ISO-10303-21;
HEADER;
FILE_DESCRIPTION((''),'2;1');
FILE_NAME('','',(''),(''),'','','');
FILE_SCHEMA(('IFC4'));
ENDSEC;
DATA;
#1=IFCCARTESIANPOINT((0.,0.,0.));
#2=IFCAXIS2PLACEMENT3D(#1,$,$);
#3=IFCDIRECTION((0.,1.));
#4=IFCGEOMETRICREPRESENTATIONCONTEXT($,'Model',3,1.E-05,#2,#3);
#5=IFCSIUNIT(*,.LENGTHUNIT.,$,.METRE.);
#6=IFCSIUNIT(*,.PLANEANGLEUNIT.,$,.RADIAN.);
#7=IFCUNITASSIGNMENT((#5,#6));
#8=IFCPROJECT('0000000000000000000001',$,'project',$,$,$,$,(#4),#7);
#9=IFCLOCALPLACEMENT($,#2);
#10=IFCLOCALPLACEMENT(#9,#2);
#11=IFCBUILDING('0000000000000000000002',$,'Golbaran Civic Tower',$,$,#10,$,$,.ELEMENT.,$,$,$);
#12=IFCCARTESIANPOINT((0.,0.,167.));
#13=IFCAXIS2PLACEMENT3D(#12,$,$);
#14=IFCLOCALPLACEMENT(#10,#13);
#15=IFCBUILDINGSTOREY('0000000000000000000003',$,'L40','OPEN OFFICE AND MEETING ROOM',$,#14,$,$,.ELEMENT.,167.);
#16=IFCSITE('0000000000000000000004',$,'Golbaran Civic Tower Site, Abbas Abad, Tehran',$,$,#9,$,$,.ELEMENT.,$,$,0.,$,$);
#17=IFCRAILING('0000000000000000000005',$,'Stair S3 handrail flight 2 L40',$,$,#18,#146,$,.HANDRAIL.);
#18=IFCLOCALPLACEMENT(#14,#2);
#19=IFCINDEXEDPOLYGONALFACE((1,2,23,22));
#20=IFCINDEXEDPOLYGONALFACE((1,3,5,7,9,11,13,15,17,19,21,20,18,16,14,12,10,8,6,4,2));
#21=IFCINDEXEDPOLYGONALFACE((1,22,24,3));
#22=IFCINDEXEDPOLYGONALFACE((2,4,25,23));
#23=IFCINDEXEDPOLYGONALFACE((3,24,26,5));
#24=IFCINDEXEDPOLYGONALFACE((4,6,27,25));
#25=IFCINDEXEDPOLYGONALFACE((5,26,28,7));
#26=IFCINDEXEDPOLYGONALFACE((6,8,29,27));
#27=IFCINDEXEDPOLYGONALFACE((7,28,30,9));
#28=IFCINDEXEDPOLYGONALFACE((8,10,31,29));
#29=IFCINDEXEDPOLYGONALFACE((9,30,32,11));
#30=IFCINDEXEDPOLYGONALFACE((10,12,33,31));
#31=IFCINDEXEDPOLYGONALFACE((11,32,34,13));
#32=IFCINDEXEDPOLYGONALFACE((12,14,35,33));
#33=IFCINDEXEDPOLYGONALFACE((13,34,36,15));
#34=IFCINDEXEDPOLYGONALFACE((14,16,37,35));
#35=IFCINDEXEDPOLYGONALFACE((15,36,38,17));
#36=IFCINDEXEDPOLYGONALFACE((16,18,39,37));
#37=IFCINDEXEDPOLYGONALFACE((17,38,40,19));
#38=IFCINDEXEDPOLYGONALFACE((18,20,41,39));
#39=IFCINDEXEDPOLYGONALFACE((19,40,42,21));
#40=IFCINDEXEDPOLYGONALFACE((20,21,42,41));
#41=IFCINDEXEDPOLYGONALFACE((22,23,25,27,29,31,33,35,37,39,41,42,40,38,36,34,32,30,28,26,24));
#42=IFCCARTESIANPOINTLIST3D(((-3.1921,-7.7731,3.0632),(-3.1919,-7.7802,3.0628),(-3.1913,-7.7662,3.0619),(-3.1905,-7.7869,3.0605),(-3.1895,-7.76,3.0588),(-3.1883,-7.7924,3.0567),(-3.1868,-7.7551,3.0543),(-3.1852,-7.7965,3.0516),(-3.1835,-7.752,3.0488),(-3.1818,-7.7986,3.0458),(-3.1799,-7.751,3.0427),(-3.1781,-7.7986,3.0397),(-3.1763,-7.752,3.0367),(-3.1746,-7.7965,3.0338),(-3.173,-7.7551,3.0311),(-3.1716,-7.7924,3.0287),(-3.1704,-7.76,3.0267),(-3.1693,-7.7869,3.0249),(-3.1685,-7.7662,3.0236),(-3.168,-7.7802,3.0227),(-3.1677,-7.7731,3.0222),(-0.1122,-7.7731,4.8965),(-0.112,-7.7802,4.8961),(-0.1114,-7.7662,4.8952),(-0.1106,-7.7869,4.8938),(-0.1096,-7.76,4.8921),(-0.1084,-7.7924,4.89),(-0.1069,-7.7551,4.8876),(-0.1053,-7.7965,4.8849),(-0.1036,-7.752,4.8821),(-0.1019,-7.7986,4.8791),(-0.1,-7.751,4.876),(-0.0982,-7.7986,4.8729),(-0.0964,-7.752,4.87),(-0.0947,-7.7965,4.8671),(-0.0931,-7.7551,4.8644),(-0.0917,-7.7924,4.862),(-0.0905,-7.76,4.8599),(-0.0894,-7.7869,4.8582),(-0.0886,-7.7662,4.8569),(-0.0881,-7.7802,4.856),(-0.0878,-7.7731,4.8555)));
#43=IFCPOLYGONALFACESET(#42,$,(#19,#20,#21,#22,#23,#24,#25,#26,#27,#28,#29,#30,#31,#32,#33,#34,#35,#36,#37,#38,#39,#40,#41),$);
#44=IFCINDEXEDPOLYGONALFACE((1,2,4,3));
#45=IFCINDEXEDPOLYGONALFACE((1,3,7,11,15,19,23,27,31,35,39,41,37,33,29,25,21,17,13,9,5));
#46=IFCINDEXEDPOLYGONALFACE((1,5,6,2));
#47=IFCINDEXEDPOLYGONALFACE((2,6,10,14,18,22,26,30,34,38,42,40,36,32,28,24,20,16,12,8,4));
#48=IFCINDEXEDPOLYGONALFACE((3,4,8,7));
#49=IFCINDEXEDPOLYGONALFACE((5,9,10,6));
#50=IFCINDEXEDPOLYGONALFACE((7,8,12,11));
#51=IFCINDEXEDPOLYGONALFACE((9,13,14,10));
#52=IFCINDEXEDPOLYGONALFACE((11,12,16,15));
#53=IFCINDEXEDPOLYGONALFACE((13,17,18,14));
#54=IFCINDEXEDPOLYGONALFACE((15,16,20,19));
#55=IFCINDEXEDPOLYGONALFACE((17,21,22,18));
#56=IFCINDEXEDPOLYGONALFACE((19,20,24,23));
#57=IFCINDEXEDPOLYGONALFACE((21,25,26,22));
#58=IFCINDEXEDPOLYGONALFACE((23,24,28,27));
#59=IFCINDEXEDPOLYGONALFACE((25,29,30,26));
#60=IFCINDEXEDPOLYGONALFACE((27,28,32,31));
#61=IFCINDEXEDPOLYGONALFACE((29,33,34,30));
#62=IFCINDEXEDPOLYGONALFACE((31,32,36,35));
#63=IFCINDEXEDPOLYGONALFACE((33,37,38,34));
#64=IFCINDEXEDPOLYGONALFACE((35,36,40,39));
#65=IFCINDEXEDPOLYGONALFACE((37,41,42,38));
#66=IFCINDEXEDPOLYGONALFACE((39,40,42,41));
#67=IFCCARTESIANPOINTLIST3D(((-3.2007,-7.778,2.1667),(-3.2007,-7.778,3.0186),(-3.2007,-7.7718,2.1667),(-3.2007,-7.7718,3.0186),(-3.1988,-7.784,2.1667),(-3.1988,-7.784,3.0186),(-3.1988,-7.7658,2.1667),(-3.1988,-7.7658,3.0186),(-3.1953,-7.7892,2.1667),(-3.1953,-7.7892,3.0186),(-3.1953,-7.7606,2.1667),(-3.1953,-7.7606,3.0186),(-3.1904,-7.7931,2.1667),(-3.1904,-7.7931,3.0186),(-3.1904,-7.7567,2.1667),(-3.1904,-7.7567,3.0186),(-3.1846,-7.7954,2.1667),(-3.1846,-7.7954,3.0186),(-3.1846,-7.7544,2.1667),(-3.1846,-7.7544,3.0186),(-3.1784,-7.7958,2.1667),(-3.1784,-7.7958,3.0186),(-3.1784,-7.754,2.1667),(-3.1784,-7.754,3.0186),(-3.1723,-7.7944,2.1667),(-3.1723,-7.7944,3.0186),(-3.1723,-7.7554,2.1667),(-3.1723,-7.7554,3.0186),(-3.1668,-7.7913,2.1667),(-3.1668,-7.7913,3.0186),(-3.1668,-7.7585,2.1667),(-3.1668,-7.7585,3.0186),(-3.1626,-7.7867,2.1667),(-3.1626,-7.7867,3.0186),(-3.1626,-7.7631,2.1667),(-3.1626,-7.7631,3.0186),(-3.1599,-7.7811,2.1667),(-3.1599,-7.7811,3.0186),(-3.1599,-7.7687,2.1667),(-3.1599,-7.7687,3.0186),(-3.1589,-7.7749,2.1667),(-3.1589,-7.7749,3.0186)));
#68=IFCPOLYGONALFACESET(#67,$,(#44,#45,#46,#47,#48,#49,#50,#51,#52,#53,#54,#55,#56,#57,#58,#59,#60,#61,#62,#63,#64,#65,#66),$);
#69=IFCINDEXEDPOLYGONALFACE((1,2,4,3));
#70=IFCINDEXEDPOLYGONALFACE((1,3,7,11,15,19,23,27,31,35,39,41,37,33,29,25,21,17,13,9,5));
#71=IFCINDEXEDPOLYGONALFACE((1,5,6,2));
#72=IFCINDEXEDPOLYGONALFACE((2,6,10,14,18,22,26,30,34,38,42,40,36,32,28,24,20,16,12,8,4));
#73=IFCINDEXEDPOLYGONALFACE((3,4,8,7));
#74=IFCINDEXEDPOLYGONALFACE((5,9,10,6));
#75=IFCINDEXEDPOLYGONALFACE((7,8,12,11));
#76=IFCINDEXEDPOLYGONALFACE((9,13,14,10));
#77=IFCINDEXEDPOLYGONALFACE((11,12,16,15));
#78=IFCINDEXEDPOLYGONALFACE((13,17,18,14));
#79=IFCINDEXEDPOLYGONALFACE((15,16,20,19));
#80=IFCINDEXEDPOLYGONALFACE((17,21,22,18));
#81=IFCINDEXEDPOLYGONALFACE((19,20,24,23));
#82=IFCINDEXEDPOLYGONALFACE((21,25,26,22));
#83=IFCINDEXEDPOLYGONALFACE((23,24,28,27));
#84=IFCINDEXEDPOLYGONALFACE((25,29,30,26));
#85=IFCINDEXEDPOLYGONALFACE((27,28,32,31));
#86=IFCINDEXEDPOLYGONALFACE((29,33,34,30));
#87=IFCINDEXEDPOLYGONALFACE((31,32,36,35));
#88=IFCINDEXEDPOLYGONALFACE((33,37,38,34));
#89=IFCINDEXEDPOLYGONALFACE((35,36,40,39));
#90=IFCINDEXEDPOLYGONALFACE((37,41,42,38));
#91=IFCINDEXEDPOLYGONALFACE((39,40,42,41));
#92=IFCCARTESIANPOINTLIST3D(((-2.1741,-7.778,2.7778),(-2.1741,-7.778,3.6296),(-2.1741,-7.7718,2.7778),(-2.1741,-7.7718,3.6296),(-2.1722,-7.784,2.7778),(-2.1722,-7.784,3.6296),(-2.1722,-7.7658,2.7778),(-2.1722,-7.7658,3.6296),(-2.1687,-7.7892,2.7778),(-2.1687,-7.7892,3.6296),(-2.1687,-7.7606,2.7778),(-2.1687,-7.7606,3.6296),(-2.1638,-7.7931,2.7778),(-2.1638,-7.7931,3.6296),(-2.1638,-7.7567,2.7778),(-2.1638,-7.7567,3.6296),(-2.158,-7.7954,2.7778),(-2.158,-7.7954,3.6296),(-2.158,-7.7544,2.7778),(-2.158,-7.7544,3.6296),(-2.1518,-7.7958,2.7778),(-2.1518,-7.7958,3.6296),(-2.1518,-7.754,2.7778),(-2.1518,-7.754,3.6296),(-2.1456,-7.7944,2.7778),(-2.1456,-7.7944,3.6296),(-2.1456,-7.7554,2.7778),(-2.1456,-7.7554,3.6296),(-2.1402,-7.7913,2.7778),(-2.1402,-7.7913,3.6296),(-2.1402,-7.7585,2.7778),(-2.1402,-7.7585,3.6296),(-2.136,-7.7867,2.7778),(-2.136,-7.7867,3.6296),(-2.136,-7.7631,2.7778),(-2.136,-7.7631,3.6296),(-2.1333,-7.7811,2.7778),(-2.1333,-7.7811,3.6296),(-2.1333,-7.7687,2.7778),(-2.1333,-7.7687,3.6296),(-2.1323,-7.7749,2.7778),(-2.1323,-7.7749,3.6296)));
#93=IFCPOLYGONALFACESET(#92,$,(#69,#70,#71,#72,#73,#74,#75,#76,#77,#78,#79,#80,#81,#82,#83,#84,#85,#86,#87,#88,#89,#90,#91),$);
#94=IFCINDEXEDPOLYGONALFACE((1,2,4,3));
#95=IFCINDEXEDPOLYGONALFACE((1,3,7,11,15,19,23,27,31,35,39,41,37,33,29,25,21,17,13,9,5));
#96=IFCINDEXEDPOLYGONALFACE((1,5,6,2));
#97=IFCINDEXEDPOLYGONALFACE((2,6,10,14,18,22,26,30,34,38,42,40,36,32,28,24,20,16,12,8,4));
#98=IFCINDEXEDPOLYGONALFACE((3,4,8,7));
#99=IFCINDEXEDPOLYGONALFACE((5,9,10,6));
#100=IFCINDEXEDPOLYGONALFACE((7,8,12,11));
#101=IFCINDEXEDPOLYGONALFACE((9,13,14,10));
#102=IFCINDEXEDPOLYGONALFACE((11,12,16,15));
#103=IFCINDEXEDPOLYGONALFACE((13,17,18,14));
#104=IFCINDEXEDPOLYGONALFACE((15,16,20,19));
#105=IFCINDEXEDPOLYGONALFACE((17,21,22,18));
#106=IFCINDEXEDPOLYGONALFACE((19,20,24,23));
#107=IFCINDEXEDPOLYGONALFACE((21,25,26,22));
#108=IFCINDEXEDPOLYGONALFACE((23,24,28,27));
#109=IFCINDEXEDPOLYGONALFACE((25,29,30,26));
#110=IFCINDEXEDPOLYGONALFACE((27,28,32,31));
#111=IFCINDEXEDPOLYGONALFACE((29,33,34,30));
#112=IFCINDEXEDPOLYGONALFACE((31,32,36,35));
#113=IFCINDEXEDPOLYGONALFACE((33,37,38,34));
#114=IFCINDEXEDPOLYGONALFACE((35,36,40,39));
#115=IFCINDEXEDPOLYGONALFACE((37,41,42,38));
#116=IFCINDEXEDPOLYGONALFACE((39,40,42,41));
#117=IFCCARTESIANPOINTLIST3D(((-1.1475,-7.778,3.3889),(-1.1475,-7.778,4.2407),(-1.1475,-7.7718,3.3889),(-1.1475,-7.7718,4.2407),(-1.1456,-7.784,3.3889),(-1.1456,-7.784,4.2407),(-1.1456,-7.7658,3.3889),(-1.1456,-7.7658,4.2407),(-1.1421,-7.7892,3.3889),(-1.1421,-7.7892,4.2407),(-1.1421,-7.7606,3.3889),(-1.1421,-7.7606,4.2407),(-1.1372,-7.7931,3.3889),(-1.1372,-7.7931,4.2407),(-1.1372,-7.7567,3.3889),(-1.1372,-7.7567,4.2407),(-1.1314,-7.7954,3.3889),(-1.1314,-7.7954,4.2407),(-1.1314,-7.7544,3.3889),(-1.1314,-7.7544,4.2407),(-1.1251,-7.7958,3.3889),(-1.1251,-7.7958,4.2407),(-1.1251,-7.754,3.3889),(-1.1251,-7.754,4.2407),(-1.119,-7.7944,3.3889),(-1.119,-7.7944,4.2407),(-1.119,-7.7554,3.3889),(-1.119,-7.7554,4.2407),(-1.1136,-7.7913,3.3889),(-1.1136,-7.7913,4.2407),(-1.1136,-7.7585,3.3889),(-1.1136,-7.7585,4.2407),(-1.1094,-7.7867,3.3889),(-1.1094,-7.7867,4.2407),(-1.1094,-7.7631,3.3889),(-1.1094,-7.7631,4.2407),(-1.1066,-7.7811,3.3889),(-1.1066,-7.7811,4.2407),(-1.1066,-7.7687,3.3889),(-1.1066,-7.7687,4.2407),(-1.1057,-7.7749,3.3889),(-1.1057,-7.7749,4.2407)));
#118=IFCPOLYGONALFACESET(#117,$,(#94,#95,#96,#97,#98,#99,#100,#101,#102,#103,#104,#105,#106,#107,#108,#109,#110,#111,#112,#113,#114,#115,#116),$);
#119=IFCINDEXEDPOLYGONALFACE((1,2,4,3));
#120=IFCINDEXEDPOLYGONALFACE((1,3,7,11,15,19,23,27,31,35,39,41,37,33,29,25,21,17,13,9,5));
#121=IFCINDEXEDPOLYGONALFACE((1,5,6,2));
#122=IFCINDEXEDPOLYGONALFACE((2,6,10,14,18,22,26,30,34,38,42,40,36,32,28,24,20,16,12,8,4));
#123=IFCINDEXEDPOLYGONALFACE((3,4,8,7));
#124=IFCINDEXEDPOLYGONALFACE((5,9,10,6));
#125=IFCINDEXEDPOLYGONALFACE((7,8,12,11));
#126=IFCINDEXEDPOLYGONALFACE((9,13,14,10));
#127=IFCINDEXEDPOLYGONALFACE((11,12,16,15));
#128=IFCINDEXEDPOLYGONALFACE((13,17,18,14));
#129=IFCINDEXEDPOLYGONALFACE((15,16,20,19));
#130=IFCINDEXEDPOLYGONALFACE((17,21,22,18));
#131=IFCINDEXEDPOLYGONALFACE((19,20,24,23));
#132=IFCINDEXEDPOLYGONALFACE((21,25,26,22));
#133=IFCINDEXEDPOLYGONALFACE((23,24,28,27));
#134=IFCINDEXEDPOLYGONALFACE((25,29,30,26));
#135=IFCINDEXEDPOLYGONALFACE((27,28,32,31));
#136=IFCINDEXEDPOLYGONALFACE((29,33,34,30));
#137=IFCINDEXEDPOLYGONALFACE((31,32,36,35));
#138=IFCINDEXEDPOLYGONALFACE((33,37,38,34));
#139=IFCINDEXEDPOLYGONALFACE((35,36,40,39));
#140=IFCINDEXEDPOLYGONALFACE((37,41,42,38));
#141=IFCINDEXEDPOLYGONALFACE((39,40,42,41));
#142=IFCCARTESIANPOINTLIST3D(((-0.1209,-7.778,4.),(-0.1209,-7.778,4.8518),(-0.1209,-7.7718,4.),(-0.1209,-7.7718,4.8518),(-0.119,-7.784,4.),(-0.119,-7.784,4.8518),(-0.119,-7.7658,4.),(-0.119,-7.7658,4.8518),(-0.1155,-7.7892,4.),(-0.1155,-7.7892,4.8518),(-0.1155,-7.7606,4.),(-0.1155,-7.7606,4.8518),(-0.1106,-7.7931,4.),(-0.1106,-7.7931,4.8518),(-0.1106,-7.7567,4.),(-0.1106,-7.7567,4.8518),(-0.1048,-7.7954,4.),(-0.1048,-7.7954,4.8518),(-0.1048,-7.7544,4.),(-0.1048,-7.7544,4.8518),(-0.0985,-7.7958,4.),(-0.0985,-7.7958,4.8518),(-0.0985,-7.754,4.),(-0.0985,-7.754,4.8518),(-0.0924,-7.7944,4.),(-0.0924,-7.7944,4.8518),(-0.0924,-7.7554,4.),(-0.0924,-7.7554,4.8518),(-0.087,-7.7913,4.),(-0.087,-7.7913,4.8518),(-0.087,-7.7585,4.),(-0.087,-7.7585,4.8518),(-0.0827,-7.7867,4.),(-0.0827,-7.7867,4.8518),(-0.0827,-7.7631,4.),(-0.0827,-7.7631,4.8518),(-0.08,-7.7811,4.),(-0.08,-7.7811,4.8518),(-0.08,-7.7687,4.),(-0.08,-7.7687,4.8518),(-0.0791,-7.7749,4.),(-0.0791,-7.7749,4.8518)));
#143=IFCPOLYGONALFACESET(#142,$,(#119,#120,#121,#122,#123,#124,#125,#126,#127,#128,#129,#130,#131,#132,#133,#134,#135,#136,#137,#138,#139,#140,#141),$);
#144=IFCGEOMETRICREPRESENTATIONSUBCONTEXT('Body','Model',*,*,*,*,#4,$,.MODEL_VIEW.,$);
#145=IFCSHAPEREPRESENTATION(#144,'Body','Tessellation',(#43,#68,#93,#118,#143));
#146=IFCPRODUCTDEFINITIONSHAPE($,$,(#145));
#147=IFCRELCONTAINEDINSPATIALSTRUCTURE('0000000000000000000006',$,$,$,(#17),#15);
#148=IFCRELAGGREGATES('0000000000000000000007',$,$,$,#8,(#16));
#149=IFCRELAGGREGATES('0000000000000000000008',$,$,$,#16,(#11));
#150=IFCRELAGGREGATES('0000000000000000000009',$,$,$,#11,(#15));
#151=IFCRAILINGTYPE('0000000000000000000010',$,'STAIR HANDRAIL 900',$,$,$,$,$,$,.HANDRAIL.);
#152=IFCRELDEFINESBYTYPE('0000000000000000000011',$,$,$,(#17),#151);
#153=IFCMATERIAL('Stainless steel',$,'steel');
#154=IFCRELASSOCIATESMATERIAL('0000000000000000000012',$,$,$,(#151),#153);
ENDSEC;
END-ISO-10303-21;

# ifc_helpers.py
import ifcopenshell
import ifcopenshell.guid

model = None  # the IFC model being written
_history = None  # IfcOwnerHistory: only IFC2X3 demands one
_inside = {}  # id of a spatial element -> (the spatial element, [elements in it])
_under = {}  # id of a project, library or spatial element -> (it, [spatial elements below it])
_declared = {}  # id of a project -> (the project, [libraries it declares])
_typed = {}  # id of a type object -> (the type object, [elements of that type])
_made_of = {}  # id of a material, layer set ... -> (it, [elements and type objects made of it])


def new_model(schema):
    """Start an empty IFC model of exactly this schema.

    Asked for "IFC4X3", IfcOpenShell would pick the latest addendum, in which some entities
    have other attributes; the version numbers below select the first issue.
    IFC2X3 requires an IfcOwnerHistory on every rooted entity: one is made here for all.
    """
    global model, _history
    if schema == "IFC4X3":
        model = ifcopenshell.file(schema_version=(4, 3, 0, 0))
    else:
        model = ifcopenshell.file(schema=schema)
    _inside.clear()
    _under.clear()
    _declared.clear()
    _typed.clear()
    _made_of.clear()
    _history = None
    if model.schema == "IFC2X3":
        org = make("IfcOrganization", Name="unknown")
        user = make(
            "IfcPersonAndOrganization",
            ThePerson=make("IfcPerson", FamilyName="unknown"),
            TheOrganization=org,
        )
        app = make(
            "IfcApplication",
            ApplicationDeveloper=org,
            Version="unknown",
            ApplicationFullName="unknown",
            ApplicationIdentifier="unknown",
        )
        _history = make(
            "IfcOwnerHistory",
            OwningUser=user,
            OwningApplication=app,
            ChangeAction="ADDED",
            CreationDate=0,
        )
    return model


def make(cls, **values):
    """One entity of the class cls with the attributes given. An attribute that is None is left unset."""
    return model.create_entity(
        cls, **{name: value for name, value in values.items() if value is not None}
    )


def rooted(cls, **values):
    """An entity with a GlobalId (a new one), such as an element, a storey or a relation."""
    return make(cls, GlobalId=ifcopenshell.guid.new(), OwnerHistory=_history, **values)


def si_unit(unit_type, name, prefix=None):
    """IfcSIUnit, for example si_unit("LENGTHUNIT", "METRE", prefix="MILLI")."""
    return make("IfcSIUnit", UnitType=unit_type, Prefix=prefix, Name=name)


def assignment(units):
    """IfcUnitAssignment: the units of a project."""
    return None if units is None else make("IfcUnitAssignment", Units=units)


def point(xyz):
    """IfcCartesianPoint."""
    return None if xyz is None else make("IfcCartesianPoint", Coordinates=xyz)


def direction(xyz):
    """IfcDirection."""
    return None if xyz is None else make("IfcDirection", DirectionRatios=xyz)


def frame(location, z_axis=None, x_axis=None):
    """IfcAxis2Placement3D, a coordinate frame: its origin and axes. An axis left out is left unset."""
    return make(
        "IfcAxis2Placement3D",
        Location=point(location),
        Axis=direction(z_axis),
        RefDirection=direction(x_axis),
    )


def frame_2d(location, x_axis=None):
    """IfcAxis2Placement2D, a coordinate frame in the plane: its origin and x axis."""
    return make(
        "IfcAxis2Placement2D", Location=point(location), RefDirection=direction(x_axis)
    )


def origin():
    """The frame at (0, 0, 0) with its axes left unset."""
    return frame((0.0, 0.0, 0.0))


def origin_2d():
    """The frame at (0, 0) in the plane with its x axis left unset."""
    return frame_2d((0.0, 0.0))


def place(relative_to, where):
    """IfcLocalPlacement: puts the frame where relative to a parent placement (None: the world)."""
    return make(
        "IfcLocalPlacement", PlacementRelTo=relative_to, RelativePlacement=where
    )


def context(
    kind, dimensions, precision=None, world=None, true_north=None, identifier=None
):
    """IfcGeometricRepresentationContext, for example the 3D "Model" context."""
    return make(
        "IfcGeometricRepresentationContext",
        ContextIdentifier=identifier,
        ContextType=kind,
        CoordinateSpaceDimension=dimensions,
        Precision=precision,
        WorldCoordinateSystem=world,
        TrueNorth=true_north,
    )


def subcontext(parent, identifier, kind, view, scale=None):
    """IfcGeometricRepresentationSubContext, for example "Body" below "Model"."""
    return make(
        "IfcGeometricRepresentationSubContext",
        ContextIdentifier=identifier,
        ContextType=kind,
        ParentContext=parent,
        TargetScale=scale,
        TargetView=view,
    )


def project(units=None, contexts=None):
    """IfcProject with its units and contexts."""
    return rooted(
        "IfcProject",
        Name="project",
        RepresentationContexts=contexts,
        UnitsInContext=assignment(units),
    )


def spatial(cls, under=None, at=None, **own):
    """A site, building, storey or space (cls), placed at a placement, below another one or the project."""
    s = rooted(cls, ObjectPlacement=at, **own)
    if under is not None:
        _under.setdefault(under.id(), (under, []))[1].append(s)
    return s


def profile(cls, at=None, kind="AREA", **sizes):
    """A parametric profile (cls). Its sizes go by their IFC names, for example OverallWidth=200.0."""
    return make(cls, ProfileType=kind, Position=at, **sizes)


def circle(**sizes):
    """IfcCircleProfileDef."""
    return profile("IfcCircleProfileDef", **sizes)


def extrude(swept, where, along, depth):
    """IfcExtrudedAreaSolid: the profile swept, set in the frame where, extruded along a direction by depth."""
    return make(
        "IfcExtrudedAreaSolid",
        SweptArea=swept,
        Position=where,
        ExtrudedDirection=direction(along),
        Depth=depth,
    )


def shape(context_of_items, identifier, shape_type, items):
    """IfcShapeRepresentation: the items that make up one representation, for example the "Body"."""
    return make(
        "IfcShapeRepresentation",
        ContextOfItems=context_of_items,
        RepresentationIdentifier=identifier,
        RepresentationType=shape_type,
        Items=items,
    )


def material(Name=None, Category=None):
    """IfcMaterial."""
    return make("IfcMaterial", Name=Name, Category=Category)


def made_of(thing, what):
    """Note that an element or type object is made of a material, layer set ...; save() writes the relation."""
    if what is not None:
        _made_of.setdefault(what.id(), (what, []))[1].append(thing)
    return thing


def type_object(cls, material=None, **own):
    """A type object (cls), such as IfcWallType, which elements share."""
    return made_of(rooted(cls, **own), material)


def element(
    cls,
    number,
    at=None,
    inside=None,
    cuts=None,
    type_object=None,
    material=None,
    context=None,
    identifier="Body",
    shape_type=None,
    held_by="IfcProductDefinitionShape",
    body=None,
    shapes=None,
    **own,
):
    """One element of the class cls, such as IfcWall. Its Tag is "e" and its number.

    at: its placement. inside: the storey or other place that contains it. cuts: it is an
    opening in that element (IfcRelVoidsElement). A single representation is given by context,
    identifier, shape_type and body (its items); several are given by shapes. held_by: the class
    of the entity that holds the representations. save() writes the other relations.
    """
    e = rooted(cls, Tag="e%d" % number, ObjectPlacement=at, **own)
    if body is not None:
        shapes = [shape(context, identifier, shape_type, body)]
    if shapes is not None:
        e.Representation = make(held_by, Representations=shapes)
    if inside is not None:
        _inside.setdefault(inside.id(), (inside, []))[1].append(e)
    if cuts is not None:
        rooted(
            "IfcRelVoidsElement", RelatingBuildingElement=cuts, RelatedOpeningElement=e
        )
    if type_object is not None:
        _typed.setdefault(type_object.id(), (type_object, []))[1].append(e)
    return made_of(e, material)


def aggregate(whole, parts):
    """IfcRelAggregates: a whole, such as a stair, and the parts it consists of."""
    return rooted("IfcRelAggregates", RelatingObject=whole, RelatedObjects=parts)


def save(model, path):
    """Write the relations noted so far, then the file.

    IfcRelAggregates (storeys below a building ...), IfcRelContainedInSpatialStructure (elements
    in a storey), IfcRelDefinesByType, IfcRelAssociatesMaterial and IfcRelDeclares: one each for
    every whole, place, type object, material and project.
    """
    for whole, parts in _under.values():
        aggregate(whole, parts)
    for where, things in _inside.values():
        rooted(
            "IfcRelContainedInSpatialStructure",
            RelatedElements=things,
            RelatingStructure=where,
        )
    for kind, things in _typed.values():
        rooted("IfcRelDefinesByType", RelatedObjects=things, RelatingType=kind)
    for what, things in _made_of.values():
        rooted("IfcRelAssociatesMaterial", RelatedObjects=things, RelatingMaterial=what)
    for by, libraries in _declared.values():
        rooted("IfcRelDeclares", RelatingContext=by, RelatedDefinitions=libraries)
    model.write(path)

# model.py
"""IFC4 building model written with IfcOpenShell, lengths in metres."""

from ifc_helpers import new_model, si_unit, direction, frame, origin, origin_2d, place, context, subcontext, project, spatial, circle, extrude, material, type_object, element, save


model = new_model("IFC4")

# Units and contexts
model_context = context("Model", 3, precision=1e-05, world=origin(), true_north=direction((0.0, 1.0)))
body_context = subcontext(model_context, "Body", "Model", "MODEL_VIEW")
ifc_project = project(units=[si_unit("LENGTHUNIT", "METRE"), si_unit("PLANEANGLEUNIT", "RADIAN")], contexts=[model_context])

# Site, building, storey
site_placement = place(None, origin())
site = spatial("IfcSite", under=ifc_project, at=site_placement, Name="Golbaran Civic Tower Site, Abbas Abad, Tehran", CompositionType="ELEMENT", RefElevation=0.0)
building_placement = place(site_placement, origin())
building = spatial("IfcBuilding", under=site, at=building_placement, Name="Golbaran Civic Tower", CompositionType="ELEMENT")
storey_placement = place(building_placement, frame((0.0, 0.0, 167.0)))
storey = spatial("IfcBuildingStorey", under=building, at=storey_placement, Name="L40", Description="OPEN OFFICE AND MEETING ROOM", CompositionType="ELEMENT", Elevation=167.0)

# Shared definitions
ifc_material_1 = material(Name="Stainless steel", Category="steel")

# Railing
railing_type = type_object("IfcRailingType", Name="STAIR HANDRAIL 900", PredefinedType="HANDRAIL", material=ifc_material_1)
railing_1_placement = place(storey_placement, frame((-3.1799, -7.7749, 2.1667)))
element("IfcRailing", 1, at=railing_1_placement, inside=storey, type_object=railing_type, Name="Stair S3 handrail flight 2 L40", PredefinedType="HANDRAIL", context=body_context, shape_type="SweptSolid", body=[
    extrude(circle(Radius=0.0239, at=origin_2d()), frame((0.0, 0.0, 0.876), z_axis=(0.859291, 0.0, 0.511487), x_axis=(0.0, 1.0, 0.0)), (0.0, 0.0, 1.0), 3.5842),
    extrude(circle(Radius=0.021, at=origin_2d()), origin(), (0.0, 0.0, 1.0), 0.8518),
    extrude(circle(Radius=0.021, at=origin_2d()), frame((1.0266, 0.0, 0.6111)), (0.0, 0.0, 1.0), 0.8518),
    extrude(circle(Radius=0.021, at=origin_2d()), frame((2.0532, 0.0, 1.2222)), (0.0, 0.0, 1.0), 0.8518),
    extrude(circle(Radius=0.021, at=origin_2d()), frame((3.0798, 0.0, 1.8333)), (0.0, 0.0, 1.0), 0.8518),
])

save(model, "model.ifc")
